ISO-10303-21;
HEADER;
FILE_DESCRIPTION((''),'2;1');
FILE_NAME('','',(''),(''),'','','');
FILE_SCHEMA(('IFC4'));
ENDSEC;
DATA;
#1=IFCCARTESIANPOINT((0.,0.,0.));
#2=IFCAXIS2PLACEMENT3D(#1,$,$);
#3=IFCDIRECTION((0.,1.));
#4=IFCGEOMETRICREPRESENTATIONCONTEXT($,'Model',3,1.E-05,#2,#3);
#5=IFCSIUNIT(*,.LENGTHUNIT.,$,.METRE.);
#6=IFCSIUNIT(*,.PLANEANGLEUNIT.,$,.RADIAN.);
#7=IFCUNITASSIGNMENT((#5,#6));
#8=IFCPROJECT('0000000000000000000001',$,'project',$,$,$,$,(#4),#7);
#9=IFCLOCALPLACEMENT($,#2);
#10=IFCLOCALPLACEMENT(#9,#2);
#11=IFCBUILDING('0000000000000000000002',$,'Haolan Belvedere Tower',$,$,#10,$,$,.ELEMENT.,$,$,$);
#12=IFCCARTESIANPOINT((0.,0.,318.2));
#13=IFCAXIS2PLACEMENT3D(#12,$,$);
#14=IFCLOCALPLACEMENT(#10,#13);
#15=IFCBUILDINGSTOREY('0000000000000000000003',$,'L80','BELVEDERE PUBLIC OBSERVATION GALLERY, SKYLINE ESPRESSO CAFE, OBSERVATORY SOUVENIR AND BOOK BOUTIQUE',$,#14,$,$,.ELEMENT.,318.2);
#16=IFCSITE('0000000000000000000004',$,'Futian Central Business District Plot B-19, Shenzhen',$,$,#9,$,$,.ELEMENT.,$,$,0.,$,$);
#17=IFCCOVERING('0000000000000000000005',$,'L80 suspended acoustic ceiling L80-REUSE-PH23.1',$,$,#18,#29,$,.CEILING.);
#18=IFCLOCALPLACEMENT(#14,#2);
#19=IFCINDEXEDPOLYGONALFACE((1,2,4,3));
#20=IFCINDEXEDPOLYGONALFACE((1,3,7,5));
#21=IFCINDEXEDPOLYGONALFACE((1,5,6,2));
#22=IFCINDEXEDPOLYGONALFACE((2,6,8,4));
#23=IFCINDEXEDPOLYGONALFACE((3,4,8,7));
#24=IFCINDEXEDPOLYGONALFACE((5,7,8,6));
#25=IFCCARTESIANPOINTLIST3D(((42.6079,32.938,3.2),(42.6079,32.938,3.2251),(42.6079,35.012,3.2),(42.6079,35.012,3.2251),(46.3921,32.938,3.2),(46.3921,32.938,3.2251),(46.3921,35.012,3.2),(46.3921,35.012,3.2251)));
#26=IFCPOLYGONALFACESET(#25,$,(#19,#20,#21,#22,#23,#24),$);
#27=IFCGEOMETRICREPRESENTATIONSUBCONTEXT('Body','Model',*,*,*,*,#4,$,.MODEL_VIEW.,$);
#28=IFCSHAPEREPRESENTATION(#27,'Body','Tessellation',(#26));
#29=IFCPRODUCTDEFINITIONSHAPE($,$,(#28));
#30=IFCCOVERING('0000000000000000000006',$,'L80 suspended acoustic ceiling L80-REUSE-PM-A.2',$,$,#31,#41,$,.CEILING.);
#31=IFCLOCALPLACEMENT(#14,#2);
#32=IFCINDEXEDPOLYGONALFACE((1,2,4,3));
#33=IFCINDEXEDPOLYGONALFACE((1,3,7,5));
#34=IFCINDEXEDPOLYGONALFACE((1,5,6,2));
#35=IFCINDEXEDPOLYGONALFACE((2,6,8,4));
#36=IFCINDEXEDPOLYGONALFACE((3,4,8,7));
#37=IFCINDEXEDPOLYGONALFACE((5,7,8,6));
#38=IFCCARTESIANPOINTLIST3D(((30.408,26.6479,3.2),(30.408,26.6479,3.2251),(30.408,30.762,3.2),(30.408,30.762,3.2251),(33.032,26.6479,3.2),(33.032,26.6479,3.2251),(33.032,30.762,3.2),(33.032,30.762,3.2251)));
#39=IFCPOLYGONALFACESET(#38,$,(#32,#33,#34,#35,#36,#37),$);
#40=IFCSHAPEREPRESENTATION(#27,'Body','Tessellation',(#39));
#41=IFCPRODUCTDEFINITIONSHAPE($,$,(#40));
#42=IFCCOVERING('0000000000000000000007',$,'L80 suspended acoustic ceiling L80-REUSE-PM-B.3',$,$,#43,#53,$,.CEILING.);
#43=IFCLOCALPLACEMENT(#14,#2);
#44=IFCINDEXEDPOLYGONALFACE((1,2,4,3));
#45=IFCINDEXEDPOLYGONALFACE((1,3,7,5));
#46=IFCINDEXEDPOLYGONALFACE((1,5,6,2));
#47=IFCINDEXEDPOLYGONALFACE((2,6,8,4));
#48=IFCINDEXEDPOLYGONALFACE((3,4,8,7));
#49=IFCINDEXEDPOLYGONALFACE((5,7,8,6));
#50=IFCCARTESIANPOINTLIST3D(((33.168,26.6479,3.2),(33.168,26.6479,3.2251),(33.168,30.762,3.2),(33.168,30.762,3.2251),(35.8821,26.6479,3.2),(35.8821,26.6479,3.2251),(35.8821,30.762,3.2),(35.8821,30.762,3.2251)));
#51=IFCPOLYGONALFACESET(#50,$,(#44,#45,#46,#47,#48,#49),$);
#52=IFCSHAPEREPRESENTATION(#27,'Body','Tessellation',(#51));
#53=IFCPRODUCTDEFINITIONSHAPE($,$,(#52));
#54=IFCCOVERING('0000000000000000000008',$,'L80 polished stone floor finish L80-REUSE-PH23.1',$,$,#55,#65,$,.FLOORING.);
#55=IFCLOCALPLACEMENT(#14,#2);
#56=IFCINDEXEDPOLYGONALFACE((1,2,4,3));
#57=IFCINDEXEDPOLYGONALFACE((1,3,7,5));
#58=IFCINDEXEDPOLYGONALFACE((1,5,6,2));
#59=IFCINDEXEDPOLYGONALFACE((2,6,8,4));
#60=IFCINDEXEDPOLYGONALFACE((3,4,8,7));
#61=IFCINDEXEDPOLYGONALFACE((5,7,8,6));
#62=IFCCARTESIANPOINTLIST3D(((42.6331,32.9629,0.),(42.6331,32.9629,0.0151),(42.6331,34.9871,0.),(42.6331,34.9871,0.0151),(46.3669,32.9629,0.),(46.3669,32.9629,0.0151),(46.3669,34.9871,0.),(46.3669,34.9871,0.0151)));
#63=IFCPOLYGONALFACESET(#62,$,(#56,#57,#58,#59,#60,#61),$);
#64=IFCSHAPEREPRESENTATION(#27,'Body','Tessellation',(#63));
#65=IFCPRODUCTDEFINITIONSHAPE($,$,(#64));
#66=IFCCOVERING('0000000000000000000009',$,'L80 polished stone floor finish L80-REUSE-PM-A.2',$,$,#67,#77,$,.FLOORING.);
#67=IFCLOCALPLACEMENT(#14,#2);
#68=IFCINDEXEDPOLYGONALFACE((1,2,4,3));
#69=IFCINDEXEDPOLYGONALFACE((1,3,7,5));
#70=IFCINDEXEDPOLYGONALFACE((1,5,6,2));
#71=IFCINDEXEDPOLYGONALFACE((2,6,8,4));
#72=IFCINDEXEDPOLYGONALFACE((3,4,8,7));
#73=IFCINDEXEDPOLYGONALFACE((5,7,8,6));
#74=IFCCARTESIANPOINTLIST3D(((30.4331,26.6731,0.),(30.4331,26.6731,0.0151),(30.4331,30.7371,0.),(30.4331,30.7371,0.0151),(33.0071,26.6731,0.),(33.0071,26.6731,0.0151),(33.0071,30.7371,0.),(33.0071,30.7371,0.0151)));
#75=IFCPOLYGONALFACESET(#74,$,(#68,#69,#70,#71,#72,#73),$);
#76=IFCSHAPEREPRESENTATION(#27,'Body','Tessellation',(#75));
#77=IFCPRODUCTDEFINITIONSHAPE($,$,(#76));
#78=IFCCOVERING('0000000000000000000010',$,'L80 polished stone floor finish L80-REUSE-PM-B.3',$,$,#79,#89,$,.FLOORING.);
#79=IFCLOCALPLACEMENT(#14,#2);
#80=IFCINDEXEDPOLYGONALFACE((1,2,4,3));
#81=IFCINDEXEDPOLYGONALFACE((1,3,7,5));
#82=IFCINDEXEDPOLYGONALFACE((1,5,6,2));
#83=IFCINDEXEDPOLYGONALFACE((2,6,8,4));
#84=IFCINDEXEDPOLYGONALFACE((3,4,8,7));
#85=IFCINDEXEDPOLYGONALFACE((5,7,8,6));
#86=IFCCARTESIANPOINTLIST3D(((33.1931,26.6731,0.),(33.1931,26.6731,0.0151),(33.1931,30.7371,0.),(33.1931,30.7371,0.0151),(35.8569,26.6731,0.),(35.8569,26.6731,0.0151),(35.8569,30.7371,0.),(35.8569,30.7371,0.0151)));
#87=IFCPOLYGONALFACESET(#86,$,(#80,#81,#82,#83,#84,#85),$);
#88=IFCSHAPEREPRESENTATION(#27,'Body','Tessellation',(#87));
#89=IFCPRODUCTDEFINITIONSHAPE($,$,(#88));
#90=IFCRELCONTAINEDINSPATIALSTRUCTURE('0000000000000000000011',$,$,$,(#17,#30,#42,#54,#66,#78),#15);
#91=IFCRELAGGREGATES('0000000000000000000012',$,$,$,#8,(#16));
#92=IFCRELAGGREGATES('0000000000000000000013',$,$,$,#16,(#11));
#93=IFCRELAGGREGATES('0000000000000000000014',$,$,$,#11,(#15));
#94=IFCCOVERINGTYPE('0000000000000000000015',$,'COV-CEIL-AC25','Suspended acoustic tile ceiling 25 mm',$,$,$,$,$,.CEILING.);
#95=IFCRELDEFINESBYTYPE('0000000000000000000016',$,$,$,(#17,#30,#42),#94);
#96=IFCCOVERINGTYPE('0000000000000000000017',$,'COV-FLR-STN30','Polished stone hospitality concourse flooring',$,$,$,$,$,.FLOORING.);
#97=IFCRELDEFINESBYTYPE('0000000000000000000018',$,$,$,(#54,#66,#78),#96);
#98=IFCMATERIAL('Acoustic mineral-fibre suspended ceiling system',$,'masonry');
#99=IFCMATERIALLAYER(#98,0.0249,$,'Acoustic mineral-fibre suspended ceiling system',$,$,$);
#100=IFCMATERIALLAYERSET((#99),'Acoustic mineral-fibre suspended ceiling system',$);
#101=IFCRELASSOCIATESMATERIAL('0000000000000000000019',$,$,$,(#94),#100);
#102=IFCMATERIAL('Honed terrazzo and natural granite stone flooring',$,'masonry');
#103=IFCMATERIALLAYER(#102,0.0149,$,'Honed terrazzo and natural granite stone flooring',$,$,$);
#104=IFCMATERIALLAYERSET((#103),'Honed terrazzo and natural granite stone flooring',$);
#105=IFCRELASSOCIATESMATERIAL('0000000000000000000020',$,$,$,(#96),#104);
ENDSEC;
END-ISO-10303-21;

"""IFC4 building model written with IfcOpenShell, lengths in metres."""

from ifc_helpers import new_model, si_unit, direction, frame, origin, place, context, subcontext, project, spatial, polyline, outline, extrude, material, layer, layer_set, type_object, element, save


model = new_model("IFC4")

# Units and contexts
model_context = context("Model", 3, precision=1e-05, world=origin(), true_north=direction((0.0, 1.0)))
body_context = subcontext(model_context, "Body", "Model", "MODEL_VIEW")
ifc_project = project(units=[si_unit("LENGTHUNIT", "METRE"), si_unit("PLANEANGLEUNIT", "RADIAN")], contexts=[model_context])

# Site, building, storey
site_placement = place(None, origin())
site = spatial("IfcSite", under=ifc_project, at=site_placement, Name="Futian Central Business District Plot B-19, Shenzhen", CompositionType="ELEMENT", RefElevation=0.0)
building_placement = place(site_placement, origin())
building = spatial("IfcBuilding", under=site, at=building_placement, Name="Haolan Belvedere Tower", CompositionType="ELEMENT")
storey_placement = place(building_placement, frame((0.0, 0.0, 318.2)))
storey = spatial("IfcBuildingStorey", under=building, at=storey_placement, Name="L80", Description="BELVEDERE PUBLIC OBSERVATION GALLERY, SKYLINE ESPRESSO CAFE, OBSERVATORY SOUVENIR AND BOOK BOUTIQUE", CompositionType="ELEMENT", Elevation=318.2)

# Coverings
ifc_material_1 = material(Name="Acoustic mineral-fibre suspended ceiling system", Category="masonry")
ifc_layer_1 = layer(ifc_material_1, 0.0249, Name="Acoustic mineral-fibre suspended ceiling system")
ifc_layer_set_1 = layer_set([ifc_layer_1], Name="Acoustic mineral-fibre suspended ceiling system")
covering_type_1 = type_object("IfcCoveringType", Name="COV-CEIL-AC25", Description="Suspended acoustic tile ceiling 25 mm", PredefinedType="CEILING", material=ifc_layer_set_1)
covering_1_placement = place(storey_placement, frame((0.0, 0.0, 3.2)))
element("IfcCovering", 1, at=covering_1_placement, inside=storey, type_object=covering_type_1, Name="L80 suspended acoustic ceiling L80-REUSE-PH23.1", PredefinedType="CEILING", context=body_context, shape_type="SweptSolid", body=[
    extrude(outline(polyline([(42.6079, 32.938), (46.3921, 32.938), (46.3921, 35.012), (42.6079, 35.012), (42.6079, 32.938)])), origin(), (0.0, 0.0, 1.0), 0.0251),
])
covering_2_placement = place(storey_placement, frame((0.0, 0.0, 3.2)))
element("IfcCovering", 2, at=covering_2_placement, inside=storey, type_object=covering_type_1, Name="L80 suspended acoustic ceiling L80-REUSE-PM-A.2", PredefinedType="CEILING", context=body_context, shape_type="SweptSolid", body=[
    extrude(outline(polyline([(30.408, 26.6479), (33.032, 26.6479), (33.032, 30.762), (30.408, 30.762), (30.408, 26.6479)])), origin(), (0.0, 0.0, 1.0), 0.0251),
])
covering_3_placement = place(storey_placement, frame((0.0, 0.0, 3.2)))
element("IfcCovering", 3, at=covering_3_placement, inside=storey, type_object=covering_type_1, Name="L80 suspended acoustic ceiling L80-REUSE-PM-B.3", PredefinedType="CEILING", context=body_context, shape_type="SweptSolid", body=[
    extrude(outline(polyline([(33.168, 26.6479), (35.8821, 26.6479), (35.8821, 30.762), (33.168, 30.762), (33.168, 26.6479)])), origin(), (0.0, 0.0, 1.0), 0.0251),
])
ifc_material_2 = material(Name="Honed terrazzo and natural granite stone flooring", Category="masonry")
ifc_layer_2 = layer(ifc_material_2, 0.0149, Name="Honed terrazzo and natural granite stone flooring")
ifc_layer_set_2 = layer_set([ifc_layer_2], Name="Honed terrazzo and natural granite stone flooring")
covering_type_2 = type_object("IfcCoveringType", Name="COV-FLR-STN30", Description="Polished stone hospitality concourse flooring", PredefinedType="FLOORING", material=ifc_layer_set_2)
covering_4_placement = place(storey_placement, origin())
element("IfcCovering", 4, at=covering_4_placement, inside=storey, type_object=covering_type_2, Name="L80 polished stone floor finish L80-REUSE-PH23.1", PredefinedType="FLOORING", context=body_context, shape_type="SweptSolid", body=[
    extrude(outline(polyline([(46.3669, 32.9629), (46.3669, 34.9871), (42.6331, 34.9871), (42.6331, 32.9629), (46.3669, 32.9629)])), origin(), (0.0, 0.0, 1.0), 0.0151),
])
covering_5_placement = place(storey_placement, origin())
element("IfcCovering", 5, at=covering_5_placement, inside=storey, type_object=covering_type_2, Name="L80 polished stone floor finish L80-REUSE-PM-A.2", PredefinedType="FLOORING", context=body_context, shape_type="SweptSolid", body=[
    extrude(outline(polyline([(33.0071, 26.6731), (33.0071, 30.7371), (30.4331, 30.7371), (30.4331, 26.6731), (33.0071, 26.6731)])), origin(), (0.0, 0.0, 1.0), 0.0151),
])
covering_6_placement = place(storey_placement, origin())
element("IfcCovering", 6, at=covering_6_placement, inside=storey, type_object=covering_type_2, Name="L80 polished stone floor finish L80-REUSE-PM-B.3", PredefinedType="FLOORING", context=body_context, shape_type="SweptSolid", body=[
    extrude(outline(polyline([(35.8569, 26.6731), (35.8569, 30.7371), (33.1931, 30.7371), (33.1931, 26.6731), (35.8569, 26.6731)])), origin(), (0.0, 0.0, 1.0), 0.0151),
])

save(model, "model.ifc")
